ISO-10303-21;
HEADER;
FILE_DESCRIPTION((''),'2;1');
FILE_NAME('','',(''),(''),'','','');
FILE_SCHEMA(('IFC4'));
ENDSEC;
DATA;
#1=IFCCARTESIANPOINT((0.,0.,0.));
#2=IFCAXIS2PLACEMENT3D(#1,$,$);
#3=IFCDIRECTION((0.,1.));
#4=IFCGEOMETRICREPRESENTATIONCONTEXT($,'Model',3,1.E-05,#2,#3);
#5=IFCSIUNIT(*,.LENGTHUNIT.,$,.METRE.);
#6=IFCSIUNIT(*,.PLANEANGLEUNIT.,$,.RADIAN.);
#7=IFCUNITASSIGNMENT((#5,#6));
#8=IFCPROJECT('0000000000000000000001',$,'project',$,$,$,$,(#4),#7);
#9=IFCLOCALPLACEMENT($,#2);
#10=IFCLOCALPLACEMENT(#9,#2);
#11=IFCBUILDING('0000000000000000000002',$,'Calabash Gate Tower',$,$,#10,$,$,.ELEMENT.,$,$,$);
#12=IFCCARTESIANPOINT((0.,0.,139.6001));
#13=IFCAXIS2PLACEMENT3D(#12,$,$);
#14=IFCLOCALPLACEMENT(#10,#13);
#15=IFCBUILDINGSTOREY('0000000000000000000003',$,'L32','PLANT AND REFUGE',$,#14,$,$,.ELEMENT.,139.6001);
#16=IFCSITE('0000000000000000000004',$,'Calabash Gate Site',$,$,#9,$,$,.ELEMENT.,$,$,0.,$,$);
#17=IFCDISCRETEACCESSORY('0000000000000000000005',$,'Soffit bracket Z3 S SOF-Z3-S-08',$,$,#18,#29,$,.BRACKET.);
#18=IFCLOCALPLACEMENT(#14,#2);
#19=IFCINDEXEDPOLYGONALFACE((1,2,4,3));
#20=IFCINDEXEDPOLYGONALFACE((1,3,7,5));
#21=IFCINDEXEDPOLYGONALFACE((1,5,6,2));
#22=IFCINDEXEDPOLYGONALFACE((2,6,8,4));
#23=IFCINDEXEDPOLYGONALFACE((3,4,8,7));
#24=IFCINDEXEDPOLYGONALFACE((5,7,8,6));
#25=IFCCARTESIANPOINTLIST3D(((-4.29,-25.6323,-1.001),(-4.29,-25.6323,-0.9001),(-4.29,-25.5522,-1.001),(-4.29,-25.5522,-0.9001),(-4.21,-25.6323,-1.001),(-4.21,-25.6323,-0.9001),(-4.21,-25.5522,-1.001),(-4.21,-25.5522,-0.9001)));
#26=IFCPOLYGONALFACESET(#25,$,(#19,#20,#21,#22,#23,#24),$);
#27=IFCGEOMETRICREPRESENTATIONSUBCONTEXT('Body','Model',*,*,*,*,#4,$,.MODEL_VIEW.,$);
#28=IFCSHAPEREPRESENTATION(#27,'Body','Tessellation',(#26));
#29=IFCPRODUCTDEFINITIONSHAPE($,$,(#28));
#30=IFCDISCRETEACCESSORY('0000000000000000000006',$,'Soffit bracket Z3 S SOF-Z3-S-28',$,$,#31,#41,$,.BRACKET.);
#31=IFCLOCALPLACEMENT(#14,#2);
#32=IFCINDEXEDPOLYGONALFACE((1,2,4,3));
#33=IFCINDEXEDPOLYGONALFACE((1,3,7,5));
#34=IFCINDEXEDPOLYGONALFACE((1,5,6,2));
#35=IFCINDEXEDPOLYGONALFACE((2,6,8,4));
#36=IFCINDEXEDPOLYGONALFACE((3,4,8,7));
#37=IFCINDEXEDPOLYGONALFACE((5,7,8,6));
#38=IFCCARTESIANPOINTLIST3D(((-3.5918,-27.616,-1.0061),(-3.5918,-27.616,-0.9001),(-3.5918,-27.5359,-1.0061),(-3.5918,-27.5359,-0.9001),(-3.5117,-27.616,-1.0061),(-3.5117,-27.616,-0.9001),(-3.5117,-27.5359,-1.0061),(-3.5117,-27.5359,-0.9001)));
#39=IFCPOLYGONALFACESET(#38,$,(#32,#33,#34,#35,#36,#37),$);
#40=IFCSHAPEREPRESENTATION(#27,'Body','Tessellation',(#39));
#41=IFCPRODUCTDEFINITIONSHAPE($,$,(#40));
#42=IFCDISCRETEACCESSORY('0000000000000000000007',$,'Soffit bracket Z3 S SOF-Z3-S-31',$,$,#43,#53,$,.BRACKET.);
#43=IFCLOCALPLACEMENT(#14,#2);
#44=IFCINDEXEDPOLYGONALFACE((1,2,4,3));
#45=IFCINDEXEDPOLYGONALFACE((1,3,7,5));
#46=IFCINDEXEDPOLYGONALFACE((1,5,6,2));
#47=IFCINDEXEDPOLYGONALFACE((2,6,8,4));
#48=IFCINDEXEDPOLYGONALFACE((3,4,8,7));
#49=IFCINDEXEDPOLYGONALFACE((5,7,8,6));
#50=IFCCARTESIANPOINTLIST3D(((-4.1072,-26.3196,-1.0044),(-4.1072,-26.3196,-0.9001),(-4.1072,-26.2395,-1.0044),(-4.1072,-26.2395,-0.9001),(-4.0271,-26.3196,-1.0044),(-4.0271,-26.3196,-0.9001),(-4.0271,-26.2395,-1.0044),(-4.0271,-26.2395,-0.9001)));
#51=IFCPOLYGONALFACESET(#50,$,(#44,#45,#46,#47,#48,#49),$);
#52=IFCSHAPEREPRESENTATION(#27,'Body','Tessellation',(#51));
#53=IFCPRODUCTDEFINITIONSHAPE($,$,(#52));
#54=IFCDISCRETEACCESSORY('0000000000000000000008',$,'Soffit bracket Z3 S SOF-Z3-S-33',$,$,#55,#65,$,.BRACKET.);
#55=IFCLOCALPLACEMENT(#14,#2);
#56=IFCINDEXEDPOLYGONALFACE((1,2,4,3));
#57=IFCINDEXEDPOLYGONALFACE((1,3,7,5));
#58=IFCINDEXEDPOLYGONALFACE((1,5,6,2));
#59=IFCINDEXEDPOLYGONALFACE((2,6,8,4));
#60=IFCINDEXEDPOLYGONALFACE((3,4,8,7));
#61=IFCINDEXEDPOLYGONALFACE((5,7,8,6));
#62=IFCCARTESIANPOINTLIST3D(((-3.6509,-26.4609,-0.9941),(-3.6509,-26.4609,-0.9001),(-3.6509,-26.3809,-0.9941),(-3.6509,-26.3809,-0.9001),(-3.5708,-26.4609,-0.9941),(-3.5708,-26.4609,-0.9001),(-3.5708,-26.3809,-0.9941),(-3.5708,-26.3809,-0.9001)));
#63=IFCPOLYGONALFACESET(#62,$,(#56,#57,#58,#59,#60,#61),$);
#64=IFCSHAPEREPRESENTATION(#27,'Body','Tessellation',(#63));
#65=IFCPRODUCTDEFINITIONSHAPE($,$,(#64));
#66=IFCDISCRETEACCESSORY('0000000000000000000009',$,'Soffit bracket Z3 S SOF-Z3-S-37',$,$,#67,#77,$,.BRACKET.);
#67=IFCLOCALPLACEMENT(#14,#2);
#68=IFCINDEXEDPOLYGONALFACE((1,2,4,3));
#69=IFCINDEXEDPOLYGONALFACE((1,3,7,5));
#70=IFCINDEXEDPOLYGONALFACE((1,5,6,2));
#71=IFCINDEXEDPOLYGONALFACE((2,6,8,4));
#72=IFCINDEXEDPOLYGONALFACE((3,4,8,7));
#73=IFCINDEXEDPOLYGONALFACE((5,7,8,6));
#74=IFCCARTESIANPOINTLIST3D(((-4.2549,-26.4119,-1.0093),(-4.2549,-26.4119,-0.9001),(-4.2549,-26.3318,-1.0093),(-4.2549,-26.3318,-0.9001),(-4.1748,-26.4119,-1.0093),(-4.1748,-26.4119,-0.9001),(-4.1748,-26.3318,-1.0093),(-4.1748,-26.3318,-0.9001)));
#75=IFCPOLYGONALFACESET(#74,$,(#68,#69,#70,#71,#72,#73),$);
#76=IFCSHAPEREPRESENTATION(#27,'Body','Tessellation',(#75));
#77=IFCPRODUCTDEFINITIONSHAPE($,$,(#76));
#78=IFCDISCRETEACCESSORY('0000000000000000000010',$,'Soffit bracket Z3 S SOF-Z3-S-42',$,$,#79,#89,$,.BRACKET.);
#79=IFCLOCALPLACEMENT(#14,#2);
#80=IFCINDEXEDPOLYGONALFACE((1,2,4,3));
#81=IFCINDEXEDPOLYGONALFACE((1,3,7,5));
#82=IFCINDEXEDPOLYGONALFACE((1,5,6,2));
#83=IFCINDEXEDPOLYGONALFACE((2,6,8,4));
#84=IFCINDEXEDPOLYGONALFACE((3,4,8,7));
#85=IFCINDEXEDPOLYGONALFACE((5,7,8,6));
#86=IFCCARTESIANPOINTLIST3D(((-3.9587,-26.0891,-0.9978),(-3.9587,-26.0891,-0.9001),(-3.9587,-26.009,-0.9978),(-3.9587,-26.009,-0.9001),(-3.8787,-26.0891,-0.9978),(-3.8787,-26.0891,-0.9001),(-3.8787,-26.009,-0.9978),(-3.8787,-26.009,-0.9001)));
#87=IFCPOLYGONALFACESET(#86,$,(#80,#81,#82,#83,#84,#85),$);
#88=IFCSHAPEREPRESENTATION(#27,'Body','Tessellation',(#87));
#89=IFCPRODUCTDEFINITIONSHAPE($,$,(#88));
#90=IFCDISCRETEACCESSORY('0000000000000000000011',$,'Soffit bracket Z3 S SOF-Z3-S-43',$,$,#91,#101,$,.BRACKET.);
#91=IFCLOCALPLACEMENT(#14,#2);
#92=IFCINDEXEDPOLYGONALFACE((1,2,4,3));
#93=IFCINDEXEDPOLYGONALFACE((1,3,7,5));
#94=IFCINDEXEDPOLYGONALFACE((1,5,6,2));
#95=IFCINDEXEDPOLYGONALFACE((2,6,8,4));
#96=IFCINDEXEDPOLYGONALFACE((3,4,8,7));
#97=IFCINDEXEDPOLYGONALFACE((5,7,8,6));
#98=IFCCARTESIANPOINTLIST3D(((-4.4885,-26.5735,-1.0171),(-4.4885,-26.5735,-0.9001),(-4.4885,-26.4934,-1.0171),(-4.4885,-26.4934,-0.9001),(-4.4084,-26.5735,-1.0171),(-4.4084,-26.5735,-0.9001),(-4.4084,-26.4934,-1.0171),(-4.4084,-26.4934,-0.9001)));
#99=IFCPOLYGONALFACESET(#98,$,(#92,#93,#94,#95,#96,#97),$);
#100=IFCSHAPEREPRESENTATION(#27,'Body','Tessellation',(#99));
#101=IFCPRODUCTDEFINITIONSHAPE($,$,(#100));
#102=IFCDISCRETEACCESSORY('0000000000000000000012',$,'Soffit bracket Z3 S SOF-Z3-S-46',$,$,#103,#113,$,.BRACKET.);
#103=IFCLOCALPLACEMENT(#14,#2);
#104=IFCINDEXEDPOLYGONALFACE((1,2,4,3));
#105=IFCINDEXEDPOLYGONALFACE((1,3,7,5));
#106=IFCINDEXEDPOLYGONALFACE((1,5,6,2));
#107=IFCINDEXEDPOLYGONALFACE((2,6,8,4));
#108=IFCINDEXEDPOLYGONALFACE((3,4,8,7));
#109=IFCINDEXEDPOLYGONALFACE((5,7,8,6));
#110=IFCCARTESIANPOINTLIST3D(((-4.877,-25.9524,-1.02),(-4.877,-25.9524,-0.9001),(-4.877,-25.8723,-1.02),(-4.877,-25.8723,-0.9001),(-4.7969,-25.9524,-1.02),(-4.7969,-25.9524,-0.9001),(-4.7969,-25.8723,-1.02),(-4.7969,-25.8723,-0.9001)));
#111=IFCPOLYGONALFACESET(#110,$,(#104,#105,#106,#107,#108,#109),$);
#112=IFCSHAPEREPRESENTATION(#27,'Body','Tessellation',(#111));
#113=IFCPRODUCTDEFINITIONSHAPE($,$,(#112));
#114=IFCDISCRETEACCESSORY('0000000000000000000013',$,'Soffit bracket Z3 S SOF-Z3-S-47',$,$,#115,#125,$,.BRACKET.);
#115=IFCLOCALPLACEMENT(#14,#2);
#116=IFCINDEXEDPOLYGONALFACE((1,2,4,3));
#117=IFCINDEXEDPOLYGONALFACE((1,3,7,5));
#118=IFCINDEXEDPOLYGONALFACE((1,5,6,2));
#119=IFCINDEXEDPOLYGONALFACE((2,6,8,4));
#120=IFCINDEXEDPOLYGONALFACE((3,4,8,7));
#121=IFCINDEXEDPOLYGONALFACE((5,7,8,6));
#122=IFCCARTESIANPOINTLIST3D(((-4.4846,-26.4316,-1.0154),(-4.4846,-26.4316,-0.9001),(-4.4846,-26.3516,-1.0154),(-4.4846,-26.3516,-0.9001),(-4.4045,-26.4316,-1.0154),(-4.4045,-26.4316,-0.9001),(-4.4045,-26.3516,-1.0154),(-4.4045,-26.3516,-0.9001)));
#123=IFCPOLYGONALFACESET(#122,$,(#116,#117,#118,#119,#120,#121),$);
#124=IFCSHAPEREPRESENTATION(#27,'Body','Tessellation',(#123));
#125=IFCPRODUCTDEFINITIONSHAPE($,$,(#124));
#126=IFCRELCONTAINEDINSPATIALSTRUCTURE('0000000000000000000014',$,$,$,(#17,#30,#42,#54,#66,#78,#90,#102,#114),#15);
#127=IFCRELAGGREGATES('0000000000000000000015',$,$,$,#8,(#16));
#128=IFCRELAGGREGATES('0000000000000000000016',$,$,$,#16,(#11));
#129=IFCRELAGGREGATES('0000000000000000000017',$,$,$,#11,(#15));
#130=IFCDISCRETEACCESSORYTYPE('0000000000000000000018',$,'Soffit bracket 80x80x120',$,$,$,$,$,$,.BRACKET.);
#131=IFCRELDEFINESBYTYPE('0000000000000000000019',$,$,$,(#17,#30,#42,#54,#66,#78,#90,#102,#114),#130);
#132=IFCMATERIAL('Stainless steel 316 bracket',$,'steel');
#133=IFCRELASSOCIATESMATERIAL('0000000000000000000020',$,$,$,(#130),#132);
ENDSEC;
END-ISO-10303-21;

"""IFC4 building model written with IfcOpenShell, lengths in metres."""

from ifc_helpers import new_model, si_unit, direction, frame, origin, origin_2d, place, context, subcontext, project, spatial, rectangle, extrude, material, type_object, element, save


model = new_model("IFC4")

# Units and contexts
model_context = context("Model", 3, precision=1e-05, world=origin(), true_north=direction((0.0, 1.0)))
body_context = subcontext(model_context, "Body", "Model", "MODEL_VIEW")
ifc_project = project(units=[si_unit("LENGTHUNIT", "METRE"), si_unit("PLANEANGLEUNIT", "RADIAN")], contexts=[model_context])

# Site, building, storey
site_placement = place(None, origin())
site = spatial("IfcSite", under=ifc_project, at=site_placement, Name="Calabash Gate Site", CompositionType="ELEMENT", RefElevation=0.0)
building_placement = place(site_placement, origin())
building = spatial("IfcBuilding", under=site, at=building_placement, Name="Calabash Gate Tower", CompositionType="ELEMENT")
storey_placement = place(building_placement, frame((0.0, 0.0, 139.6001)))
storey = spatial("IfcBuildingStorey", under=building, at=storey_placement, Name="L32", Description="PLANT AND REFUGE", CompositionType="ELEMENT", Elevation=139.6001)

# Discrete accessories
ifc_material_1 = material(Name="Stainless steel 316 bracket", Category="steel")
discrete_accessory_type = type_object("IfcDiscreteAccessoryType", Name="Soffit bracket 80x80x120", PredefinedType="BRACKET", material=ifc_material_1)
discrete_accessory_1_placement = place(storey_placement, frame((-4.25, -25.5923, -1.001), z_axis=(0.0, 0.0, 1.0), x_axis=(1.0, 0.0, 0.0)))
element("IfcDiscreteAccessory", 1, at=discrete_accessory_1_placement, inside=storey, type_object=discrete_accessory_type, Name="Soffit bracket Z3 S SOF-Z3-S-08", PredefinedType="BRACKET", context=body_context, shape_type="SweptSolid", body=[
    extrude(rectangle(XDim=0.0801, YDim=0.0801, at=origin_2d()), origin(), (0.0, 0.0, 1.0), 0.1008),
])
discrete_accessory_2_placement = place(storey_placement, frame((-3.5518, -27.5759, -1.0061), z_axis=(0.0, 0.0, 1.0), x_axis=(1.0, 0.0, 0.0)))
element("IfcDiscreteAccessory", 2, at=discrete_accessory_2_placement, inside=storey, type_object=discrete_accessory_type, Name="Soffit bracket Z3 S SOF-Z3-S-28", PredefinedType="BRACKET", context=body_context, shape_type="SweptSolid", body=[
    extrude(rectangle(XDim=0.0801, YDim=0.0801, at=origin_2d()), origin(), (0.0, 0.0, 1.0), 0.106),
])
discrete_accessory_3_placement = place(storey_placement, frame((-4.0671, -26.2795, -1.0044), z_axis=(0.0, 0.0, 1.0), x_axis=(1.0, 0.0, 0.0)))
element("IfcDiscreteAccessory", 3, at=discrete_accessory_3_placement, inside=storey, type_object=discrete_accessory_type, Name="Soffit bracket Z3 S SOF-Z3-S-31", PredefinedType="BRACKET", context=body_context, shape_type="SweptSolid", body=[
    extrude(rectangle(XDim=0.0801, YDim=0.0801, at=origin_2d()), origin(), (0.0, 0.0, 1.0), 0.1042),
])
discrete_accessory_4_placement = place(storey_placement, frame((-3.6108, -26.4209, -0.9941), z_axis=(0.0, 0.0, 1.0), x_axis=(1.0, 0.0, 0.0)))
element("IfcDiscreteAccessory", 4, at=discrete_accessory_4_placement, inside=storey, type_object=discrete_accessory_type, Name="Soffit bracket Z3 S SOF-Z3-S-33", PredefinedType="BRACKET", context=body_context, shape_type="SweptSolid", body=[
    extrude(rectangle(XDim=0.0801, YDim=0.0801, at=origin_2d()), origin(), (0.0, 0.0, 1.0), 0.094),
])
discrete_accessory_5_placement = place(storey_placement, frame((-4.2148, -26.3718, -1.0093), z_axis=(0.0, 0.0, 1.0), x_axis=(1.0, 0.0, 0.0)))
element("IfcDiscreteAccessory", 5, at=discrete_accessory_5_placement, inside=storey, type_object=discrete_accessory_type, Name="Soffit bracket Z3 S SOF-Z3-S-37", PredefinedType="BRACKET", context=body_context, shape_type="SweptSolid", body=[
    extrude(rectangle(XDim=0.0801, YDim=0.0801, at=origin_2d()), origin(), (0.0, 0.0, 1.0), 0.1091),
])
discrete_accessory_6_placement = place(storey_placement, frame((-3.9187, -26.0491, -0.9978), z_axis=(0.0, 0.0, 1.0), x_axis=(1.0, 0.0, 0.0)))
element("IfcDiscreteAccessory", 6, at=discrete_accessory_6_placement, inside=storey, type_object=discrete_accessory_type, Name="Soffit bracket Z3 S SOF-Z3-S-42", PredefinedType="BRACKET", context=body_context, shape_type="SweptSolid", body=[
    extrude(rectangle(XDim=0.0801, YDim=0.0801, at=origin_2d()), origin(), (0.0, 0.0, 1.0), 0.0977),
])
discrete_accessory_7_placement = place(storey_placement, frame((-4.4485, -26.5334, -1.0171), z_axis=(0.0, 0.0, 1.0), x_axis=(1.0, 0.0, 0.0)))
element("IfcDiscreteAccessory", 7, at=discrete_accessory_7_placement, inside=storey, type_object=discrete_accessory_type, Name="Soffit bracket Z3 S SOF-Z3-S-43", PredefinedType="BRACKET", context=body_context, shape_type="SweptSolid", body=[
    extrude(rectangle(XDim=0.0801, YDim=0.0801, at=origin_2d()), origin(), (0.0, 0.0, 1.0), 0.1169),
])
discrete_accessory_8_placement = place(storey_placement, frame((-4.8369, -25.9124, -1.02), z_axis=(0.0, 0.0, 1.0), x_axis=(1.0, 0.0, 0.0)))
element("IfcDiscreteAccessory", 8, at=discrete_accessory_8_placement, inside=storey, type_object=discrete_accessory_type, Name="Soffit bracket Z3 S SOF-Z3-S-46", PredefinedType="BRACKET", context=body_context, shape_type="SweptSolid", body=[
    extrude(rectangle(XDim=0.0801, YDim=0.0801, at=origin_2d()), origin(), (0.0, 0.0, 1.0), 0.1199),
])
discrete_accessory_9_placement = place(storey_placement, frame((-4.4446, -26.3916, -1.0154), z_axis=(0.0, 0.0, 1.0), x_axis=(1.0, 0.0, 0.0)))
element("IfcDiscreteAccessory", 9, at=discrete_accessory_9_placement, inside=storey, type_object=discrete_accessory_type, Name="Soffit bracket Z3 S SOF-Z3-S-47", PredefinedType="BRACKET", context=body_context, shape_type="SweptSolid", body=[
    extrude(rectangle(XDim=0.0801, YDim=0.0801, at=origin_2d()), origin(), (0.0, 0.0, 1.0), 0.1152),
])

save(model, "model.ifc")
